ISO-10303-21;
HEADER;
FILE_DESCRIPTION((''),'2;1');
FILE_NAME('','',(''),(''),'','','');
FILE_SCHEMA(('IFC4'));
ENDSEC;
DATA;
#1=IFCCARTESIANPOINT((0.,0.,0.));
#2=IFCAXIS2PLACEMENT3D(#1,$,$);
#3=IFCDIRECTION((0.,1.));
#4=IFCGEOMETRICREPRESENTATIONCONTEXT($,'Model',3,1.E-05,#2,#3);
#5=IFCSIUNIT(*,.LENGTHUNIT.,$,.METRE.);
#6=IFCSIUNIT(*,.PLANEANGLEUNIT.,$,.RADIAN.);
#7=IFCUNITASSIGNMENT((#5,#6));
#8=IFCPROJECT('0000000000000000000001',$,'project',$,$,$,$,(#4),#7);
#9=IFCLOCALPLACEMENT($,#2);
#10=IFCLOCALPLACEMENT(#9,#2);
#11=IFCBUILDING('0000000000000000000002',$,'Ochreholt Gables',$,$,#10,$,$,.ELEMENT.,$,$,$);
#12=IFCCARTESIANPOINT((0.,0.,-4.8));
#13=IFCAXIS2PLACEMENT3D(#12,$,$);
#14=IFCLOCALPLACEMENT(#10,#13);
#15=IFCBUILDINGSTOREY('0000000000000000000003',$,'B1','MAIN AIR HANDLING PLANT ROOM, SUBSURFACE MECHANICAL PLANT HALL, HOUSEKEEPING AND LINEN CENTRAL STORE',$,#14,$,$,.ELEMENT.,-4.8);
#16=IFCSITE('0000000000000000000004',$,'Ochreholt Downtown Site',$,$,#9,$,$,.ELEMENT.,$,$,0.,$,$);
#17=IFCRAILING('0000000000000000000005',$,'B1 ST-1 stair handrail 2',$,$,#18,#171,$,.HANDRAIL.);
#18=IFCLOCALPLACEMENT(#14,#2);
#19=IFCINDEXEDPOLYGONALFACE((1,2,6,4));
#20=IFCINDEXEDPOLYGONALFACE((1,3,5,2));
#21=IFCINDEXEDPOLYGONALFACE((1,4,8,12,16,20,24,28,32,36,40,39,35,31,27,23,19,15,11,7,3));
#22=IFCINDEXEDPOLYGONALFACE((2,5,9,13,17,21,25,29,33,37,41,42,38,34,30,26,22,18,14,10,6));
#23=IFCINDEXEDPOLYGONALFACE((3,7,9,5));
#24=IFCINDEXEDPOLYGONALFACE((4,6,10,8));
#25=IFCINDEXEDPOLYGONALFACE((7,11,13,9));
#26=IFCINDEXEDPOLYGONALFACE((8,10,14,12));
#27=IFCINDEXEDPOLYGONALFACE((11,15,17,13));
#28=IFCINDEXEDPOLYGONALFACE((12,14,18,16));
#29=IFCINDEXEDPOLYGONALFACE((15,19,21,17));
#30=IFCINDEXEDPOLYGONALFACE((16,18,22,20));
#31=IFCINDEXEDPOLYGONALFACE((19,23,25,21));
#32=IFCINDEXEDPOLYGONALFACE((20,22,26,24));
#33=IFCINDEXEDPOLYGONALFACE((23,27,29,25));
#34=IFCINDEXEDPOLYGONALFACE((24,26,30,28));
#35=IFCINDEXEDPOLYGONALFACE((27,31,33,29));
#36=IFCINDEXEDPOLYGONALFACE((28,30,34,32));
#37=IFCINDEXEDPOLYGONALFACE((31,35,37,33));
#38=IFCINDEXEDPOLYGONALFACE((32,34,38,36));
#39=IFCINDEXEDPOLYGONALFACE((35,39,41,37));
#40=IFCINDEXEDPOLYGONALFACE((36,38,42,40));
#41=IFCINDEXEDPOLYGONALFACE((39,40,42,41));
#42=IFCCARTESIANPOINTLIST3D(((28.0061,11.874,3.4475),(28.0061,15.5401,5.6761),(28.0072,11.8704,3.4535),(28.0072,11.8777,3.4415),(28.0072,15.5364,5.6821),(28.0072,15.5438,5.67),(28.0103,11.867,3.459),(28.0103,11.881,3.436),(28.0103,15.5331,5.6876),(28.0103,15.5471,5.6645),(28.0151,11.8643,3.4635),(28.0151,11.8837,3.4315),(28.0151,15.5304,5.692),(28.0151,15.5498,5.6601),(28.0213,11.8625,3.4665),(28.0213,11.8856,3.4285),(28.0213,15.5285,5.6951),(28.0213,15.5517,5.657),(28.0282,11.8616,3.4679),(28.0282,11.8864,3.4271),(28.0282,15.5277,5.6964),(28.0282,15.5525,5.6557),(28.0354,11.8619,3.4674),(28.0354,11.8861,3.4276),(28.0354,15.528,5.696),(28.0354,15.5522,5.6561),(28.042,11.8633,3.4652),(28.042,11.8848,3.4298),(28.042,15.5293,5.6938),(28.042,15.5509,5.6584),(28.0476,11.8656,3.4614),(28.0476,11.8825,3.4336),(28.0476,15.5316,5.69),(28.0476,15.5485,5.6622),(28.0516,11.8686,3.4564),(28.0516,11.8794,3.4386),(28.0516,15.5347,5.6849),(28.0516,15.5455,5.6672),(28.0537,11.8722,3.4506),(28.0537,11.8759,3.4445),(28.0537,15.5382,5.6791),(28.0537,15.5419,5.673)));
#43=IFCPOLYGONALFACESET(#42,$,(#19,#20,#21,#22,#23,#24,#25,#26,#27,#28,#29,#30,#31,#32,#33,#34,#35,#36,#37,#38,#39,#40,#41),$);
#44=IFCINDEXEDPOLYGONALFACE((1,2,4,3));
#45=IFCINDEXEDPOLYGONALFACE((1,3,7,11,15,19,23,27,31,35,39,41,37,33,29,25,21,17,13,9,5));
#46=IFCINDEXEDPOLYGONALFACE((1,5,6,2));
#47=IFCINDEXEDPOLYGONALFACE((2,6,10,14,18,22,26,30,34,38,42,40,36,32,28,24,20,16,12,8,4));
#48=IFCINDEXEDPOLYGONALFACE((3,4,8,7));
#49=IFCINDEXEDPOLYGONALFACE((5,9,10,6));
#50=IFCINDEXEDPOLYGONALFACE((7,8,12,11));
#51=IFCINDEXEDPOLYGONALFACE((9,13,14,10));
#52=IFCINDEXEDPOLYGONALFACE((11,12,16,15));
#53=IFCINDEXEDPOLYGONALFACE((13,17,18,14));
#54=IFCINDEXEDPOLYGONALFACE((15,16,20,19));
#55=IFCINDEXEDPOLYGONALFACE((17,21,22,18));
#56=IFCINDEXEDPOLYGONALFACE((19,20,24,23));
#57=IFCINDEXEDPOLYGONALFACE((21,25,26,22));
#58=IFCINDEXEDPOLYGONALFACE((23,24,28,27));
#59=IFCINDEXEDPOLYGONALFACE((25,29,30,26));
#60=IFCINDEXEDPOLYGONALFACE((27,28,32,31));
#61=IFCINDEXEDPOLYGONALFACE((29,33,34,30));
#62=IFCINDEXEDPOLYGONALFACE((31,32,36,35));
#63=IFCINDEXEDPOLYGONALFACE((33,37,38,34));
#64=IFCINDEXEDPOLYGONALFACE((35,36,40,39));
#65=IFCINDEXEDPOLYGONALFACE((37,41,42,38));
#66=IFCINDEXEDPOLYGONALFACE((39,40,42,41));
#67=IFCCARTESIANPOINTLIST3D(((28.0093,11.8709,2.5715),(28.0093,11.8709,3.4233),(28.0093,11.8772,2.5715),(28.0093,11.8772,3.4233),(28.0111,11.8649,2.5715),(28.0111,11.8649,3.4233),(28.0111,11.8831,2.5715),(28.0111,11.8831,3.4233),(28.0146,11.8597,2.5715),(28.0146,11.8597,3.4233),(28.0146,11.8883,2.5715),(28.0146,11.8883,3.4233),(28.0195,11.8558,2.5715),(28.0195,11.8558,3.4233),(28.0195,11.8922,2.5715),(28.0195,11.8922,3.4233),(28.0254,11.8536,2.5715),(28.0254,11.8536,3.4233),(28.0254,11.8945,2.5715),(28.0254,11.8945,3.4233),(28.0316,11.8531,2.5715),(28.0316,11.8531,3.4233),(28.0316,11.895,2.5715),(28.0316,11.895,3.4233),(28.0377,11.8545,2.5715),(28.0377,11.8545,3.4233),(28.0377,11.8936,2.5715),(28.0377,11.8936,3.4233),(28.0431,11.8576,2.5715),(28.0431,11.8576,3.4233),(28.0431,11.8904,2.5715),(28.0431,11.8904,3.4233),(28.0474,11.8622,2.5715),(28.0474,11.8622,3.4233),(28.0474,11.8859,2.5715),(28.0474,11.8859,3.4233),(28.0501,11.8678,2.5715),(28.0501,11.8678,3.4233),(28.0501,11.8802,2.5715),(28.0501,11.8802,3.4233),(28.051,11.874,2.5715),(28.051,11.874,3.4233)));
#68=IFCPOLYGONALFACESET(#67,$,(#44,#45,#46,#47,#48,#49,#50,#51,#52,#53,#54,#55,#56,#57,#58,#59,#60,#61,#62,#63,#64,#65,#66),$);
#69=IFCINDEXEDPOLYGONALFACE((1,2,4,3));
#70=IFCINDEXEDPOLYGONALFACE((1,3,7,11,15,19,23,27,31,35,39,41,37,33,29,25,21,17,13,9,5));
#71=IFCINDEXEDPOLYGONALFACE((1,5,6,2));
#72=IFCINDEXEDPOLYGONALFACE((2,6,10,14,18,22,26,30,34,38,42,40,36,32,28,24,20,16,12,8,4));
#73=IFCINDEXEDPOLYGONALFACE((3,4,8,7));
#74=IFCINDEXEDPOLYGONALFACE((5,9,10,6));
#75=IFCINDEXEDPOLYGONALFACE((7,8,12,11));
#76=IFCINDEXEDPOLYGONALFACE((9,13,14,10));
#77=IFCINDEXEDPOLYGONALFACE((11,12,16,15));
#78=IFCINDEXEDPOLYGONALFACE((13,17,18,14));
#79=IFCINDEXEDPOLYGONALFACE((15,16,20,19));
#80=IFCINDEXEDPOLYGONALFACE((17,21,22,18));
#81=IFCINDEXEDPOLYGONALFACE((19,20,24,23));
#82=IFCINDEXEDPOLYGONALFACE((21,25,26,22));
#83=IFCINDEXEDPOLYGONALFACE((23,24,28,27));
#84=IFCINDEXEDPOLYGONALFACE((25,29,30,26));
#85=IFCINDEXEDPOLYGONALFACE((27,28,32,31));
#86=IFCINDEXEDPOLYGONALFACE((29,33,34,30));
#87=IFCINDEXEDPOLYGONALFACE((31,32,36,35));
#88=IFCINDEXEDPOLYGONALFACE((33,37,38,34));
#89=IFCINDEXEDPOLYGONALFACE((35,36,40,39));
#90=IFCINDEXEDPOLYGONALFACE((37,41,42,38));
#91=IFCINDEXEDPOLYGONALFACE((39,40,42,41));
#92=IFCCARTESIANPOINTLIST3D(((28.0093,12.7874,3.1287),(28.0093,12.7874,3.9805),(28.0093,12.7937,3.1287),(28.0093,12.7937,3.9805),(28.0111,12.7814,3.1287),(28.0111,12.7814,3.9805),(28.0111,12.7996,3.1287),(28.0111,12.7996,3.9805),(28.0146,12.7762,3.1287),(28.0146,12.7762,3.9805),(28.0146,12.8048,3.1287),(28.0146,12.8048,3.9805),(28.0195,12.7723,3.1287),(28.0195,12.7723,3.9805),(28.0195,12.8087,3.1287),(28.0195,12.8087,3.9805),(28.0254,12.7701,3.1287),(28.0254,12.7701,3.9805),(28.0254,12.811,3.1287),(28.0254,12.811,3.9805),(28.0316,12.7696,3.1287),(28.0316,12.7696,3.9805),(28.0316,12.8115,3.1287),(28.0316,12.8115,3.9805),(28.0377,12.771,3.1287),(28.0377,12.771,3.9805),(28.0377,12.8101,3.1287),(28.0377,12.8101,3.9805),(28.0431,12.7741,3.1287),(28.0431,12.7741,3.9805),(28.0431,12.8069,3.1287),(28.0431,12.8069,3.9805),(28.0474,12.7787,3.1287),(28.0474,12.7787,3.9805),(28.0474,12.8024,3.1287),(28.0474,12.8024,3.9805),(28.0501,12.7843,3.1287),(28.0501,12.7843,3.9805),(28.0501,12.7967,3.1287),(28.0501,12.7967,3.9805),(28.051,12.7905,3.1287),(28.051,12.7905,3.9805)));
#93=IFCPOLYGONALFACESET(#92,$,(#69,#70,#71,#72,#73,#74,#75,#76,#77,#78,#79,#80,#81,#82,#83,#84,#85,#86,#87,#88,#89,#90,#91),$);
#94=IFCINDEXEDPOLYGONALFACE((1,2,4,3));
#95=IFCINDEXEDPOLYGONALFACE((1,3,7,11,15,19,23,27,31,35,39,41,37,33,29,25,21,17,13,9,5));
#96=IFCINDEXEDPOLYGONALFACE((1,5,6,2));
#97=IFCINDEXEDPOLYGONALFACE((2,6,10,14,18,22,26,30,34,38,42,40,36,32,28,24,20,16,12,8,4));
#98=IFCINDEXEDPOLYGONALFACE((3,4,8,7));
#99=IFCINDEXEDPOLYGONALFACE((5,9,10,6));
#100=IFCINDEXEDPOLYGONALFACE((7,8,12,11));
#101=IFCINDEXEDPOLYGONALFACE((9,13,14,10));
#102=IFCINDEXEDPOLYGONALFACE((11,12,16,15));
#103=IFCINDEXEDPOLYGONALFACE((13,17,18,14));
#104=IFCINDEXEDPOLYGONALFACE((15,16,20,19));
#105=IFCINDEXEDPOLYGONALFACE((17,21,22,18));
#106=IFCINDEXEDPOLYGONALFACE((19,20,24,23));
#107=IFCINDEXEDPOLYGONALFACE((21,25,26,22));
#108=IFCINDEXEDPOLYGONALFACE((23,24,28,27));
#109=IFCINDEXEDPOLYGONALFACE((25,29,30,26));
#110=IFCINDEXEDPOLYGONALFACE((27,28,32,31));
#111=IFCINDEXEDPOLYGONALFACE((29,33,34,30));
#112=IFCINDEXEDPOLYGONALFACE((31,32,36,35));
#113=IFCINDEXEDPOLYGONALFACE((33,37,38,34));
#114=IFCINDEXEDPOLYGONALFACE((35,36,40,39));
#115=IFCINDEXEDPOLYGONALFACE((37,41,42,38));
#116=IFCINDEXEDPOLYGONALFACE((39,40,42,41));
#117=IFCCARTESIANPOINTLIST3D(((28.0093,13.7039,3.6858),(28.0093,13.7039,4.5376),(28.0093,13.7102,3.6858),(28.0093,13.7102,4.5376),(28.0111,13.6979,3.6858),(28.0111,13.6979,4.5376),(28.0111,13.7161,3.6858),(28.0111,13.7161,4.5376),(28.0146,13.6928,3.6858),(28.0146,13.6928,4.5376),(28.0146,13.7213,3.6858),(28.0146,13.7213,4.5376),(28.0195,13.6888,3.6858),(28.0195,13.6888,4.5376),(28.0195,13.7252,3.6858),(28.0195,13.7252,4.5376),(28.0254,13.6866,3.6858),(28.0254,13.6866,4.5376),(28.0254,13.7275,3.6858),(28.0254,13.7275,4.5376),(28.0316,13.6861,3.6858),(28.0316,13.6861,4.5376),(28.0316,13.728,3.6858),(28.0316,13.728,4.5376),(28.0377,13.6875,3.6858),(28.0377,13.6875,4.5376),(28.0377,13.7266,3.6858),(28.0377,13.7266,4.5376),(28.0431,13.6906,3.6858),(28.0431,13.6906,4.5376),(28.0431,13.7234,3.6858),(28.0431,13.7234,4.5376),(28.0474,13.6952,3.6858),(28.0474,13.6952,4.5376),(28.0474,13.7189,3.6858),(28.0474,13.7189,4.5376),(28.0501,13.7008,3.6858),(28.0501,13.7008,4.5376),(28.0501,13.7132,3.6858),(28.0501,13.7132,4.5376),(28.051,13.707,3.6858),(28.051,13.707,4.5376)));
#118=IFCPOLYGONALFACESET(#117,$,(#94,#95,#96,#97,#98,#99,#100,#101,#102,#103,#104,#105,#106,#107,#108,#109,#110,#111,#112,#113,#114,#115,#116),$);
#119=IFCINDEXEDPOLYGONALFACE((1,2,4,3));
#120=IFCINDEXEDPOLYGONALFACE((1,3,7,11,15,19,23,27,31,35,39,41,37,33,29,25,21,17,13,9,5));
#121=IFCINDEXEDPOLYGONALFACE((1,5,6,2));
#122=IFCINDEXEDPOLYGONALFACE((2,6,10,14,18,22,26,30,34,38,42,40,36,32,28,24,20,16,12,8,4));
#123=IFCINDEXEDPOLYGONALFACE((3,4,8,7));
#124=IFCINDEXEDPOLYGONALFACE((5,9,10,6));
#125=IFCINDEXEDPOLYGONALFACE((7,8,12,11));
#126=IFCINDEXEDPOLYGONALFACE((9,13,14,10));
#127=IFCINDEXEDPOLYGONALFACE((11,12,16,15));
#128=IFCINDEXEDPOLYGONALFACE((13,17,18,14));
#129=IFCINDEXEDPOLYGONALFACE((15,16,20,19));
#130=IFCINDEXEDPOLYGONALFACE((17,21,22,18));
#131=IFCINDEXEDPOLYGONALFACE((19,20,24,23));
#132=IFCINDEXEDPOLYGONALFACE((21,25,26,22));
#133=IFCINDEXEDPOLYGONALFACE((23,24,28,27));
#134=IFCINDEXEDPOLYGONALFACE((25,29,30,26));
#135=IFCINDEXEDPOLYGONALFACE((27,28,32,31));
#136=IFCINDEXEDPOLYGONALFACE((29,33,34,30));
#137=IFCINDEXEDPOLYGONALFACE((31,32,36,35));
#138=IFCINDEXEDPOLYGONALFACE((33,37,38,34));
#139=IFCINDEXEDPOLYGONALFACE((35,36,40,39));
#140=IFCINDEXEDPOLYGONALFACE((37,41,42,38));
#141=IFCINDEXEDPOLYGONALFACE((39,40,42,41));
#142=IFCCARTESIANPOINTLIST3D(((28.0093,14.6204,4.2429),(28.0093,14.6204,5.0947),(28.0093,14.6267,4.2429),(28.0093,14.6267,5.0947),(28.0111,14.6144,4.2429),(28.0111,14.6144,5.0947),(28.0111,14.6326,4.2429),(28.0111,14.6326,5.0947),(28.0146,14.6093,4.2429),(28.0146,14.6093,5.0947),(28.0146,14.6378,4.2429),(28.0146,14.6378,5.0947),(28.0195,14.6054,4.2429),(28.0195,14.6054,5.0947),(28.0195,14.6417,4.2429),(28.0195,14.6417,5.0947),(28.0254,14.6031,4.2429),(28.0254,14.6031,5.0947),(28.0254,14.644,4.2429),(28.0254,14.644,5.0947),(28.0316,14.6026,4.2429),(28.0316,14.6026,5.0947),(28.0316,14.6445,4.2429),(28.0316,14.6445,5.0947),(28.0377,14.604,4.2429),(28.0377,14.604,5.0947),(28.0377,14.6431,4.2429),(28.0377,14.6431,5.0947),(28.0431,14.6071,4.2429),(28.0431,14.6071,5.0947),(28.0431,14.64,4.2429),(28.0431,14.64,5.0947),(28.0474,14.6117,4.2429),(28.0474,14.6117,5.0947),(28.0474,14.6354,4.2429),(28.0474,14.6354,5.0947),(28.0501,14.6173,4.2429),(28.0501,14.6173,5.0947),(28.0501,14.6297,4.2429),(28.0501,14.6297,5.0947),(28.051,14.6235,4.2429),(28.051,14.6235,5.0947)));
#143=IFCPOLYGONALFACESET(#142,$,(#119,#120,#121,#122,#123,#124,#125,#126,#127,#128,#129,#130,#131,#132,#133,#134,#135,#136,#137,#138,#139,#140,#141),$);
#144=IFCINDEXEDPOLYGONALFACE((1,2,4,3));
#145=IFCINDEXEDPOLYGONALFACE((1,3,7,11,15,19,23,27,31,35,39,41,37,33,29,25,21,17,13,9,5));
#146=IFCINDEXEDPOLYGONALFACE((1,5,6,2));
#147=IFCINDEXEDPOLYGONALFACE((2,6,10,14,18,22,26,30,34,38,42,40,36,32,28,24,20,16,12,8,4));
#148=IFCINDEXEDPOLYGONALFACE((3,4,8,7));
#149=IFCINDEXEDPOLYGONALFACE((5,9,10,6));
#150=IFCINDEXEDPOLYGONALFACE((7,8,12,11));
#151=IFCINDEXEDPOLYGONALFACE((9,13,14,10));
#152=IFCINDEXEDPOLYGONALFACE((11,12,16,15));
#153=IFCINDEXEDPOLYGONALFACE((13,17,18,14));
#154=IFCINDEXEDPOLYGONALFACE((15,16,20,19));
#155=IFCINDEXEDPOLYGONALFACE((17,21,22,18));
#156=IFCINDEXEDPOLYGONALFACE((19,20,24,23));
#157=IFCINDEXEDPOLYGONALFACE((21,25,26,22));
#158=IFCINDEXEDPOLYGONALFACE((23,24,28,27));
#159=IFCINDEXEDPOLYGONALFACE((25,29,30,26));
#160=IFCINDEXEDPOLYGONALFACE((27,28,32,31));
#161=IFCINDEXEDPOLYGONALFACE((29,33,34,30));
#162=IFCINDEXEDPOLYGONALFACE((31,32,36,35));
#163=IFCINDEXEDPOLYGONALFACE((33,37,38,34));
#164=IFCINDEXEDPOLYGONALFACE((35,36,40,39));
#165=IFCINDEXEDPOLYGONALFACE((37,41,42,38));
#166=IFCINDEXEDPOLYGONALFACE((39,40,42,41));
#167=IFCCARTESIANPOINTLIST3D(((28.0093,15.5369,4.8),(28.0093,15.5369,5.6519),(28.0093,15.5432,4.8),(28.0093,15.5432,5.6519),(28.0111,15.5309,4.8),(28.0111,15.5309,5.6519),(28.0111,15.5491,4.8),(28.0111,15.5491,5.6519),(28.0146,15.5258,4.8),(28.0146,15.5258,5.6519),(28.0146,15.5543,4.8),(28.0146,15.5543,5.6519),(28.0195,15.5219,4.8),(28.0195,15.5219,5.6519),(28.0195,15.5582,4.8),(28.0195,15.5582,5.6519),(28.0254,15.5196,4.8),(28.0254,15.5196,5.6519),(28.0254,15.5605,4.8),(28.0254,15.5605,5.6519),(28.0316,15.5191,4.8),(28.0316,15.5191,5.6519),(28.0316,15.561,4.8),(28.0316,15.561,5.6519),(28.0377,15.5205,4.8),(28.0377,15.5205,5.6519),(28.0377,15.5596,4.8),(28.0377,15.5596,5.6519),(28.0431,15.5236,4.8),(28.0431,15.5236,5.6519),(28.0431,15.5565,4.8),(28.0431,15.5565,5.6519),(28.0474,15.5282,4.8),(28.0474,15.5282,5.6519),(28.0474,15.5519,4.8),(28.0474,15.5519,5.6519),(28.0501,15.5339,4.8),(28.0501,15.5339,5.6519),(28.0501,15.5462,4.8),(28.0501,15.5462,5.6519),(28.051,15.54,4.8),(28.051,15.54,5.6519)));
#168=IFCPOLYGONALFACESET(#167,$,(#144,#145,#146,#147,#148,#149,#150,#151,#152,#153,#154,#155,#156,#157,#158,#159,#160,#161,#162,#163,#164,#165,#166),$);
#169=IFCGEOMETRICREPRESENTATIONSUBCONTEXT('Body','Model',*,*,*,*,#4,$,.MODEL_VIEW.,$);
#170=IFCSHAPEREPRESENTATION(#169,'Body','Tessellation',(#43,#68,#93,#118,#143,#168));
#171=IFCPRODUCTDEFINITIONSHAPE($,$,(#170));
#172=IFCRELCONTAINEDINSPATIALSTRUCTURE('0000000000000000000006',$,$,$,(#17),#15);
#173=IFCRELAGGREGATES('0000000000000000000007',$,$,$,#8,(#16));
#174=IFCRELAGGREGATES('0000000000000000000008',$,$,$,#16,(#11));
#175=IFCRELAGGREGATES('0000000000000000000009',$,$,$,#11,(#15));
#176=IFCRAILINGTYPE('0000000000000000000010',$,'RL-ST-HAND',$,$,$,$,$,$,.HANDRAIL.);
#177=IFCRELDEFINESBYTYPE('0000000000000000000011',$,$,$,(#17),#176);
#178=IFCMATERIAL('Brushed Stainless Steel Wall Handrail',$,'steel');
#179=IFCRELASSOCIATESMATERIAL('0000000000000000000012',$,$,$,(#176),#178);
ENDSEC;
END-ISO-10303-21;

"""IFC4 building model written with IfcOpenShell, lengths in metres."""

from ifc_helpers import new_model, si_unit, direction, frame, origin, origin_2d, place, context, subcontext, project, spatial, circle, extrude, material, type_object, element, save


model = new_model("IFC4")

# Units and contexts
model_context = context("Model", 3, precision=1e-05, world=origin(), true_north=direction((0.0, 1.0)))
body_context = subcontext(model_context, "Body", "Model", "MODEL_VIEW")
ifc_project = project(units=[si_unit("LENGTHUNIT", "METRE"), si_unit("PLANEANGLEUNIT", "RADIAN")], contexts=[model_context])

# Site, building, storey
site_placement = place(None, origin())
site = spatial("IfcSite", under=ifc_project, at=site_placement, Name="Ochreholt Downtown Site", CompositionType="ELEMENT", RefElevation=0.0)
building_placement = place(site_placement, origin())
building = spatial("IfcBuilding", under=site, at=building_placement, Name="Ochreholt Gables", CompositionType="ELEMENT")
storey_placement = place(building_placement, frame((0.0, 0.0, -4.8)))
storey = spatial("IfcBuildingStorey", under=building, at=storey_placement, Name="B1", Description="MAIN AIR HANDLING PLANT ROOM, SUBSURFACE MECHANICAL PLANT HALL, HOUSEKEEPING AND LINEN CENTRAL STORE", CompositionType="ELEMENT", Elevation=-4.8)

# Railing
ifc_material_1 = material(Name="Brushed Stainless Steel Wall Handrail", Category="steel")
railing_type = type_object("IfcRailingType", Name="RL-ST-HAND", PredefinedType="HANDRAIL", material=ifc_material_1)
railing_placement = place(storey_placement, frame((28.03, 11.874, 2.5715)))
element("IfcRailing", 1, at=railing_placement, inside=storey, type_object=railing_type, Name="B1 ST-1 stair handrail 2", PredefinedType="HANDRAIL", context=body_context, shape_type="SweptSolid", body=[
    extrude(circle(Radius=0.0239, at=origin_2d()), frame((0.0, 0.0, 0.876), z_axis=(0.0, 0.854506, 0.519441), x_axis=(-1.0, 0.0, 0.0)), (0.0, 0.0, 1.0), 4.2903),
    extrude(circle(Radius=0.021, at=origin_2d()), origin(), (0.0, 0.0, 1.0), 0.8518),
    extrude(circle(Radius=0.021, at=origin_2d()), frame((0.0, 0.9165, 0.5571)), (0.0, 0.0, 1.0), 0.8518),
    extrude(circle(Radius=0.021, at=origin_2d()), frame((0.0, 1.833, 1.1143)), (0.0, 0.0, 1.0), 0.8518),
    extrude(circle(Radius=0.021, at=origin_2d()), frame((0.0, 2.7495, 1.6714)), (0.0, 0.0, 1.0), 0.8518),
    extrude(circle(Radius=0.021, at=origin_2d()), frame((0.0, 3.666, 2.2285)), (0.0, 0.0, 1.0), 0.8518),
])

save(model, "model.ifc")
